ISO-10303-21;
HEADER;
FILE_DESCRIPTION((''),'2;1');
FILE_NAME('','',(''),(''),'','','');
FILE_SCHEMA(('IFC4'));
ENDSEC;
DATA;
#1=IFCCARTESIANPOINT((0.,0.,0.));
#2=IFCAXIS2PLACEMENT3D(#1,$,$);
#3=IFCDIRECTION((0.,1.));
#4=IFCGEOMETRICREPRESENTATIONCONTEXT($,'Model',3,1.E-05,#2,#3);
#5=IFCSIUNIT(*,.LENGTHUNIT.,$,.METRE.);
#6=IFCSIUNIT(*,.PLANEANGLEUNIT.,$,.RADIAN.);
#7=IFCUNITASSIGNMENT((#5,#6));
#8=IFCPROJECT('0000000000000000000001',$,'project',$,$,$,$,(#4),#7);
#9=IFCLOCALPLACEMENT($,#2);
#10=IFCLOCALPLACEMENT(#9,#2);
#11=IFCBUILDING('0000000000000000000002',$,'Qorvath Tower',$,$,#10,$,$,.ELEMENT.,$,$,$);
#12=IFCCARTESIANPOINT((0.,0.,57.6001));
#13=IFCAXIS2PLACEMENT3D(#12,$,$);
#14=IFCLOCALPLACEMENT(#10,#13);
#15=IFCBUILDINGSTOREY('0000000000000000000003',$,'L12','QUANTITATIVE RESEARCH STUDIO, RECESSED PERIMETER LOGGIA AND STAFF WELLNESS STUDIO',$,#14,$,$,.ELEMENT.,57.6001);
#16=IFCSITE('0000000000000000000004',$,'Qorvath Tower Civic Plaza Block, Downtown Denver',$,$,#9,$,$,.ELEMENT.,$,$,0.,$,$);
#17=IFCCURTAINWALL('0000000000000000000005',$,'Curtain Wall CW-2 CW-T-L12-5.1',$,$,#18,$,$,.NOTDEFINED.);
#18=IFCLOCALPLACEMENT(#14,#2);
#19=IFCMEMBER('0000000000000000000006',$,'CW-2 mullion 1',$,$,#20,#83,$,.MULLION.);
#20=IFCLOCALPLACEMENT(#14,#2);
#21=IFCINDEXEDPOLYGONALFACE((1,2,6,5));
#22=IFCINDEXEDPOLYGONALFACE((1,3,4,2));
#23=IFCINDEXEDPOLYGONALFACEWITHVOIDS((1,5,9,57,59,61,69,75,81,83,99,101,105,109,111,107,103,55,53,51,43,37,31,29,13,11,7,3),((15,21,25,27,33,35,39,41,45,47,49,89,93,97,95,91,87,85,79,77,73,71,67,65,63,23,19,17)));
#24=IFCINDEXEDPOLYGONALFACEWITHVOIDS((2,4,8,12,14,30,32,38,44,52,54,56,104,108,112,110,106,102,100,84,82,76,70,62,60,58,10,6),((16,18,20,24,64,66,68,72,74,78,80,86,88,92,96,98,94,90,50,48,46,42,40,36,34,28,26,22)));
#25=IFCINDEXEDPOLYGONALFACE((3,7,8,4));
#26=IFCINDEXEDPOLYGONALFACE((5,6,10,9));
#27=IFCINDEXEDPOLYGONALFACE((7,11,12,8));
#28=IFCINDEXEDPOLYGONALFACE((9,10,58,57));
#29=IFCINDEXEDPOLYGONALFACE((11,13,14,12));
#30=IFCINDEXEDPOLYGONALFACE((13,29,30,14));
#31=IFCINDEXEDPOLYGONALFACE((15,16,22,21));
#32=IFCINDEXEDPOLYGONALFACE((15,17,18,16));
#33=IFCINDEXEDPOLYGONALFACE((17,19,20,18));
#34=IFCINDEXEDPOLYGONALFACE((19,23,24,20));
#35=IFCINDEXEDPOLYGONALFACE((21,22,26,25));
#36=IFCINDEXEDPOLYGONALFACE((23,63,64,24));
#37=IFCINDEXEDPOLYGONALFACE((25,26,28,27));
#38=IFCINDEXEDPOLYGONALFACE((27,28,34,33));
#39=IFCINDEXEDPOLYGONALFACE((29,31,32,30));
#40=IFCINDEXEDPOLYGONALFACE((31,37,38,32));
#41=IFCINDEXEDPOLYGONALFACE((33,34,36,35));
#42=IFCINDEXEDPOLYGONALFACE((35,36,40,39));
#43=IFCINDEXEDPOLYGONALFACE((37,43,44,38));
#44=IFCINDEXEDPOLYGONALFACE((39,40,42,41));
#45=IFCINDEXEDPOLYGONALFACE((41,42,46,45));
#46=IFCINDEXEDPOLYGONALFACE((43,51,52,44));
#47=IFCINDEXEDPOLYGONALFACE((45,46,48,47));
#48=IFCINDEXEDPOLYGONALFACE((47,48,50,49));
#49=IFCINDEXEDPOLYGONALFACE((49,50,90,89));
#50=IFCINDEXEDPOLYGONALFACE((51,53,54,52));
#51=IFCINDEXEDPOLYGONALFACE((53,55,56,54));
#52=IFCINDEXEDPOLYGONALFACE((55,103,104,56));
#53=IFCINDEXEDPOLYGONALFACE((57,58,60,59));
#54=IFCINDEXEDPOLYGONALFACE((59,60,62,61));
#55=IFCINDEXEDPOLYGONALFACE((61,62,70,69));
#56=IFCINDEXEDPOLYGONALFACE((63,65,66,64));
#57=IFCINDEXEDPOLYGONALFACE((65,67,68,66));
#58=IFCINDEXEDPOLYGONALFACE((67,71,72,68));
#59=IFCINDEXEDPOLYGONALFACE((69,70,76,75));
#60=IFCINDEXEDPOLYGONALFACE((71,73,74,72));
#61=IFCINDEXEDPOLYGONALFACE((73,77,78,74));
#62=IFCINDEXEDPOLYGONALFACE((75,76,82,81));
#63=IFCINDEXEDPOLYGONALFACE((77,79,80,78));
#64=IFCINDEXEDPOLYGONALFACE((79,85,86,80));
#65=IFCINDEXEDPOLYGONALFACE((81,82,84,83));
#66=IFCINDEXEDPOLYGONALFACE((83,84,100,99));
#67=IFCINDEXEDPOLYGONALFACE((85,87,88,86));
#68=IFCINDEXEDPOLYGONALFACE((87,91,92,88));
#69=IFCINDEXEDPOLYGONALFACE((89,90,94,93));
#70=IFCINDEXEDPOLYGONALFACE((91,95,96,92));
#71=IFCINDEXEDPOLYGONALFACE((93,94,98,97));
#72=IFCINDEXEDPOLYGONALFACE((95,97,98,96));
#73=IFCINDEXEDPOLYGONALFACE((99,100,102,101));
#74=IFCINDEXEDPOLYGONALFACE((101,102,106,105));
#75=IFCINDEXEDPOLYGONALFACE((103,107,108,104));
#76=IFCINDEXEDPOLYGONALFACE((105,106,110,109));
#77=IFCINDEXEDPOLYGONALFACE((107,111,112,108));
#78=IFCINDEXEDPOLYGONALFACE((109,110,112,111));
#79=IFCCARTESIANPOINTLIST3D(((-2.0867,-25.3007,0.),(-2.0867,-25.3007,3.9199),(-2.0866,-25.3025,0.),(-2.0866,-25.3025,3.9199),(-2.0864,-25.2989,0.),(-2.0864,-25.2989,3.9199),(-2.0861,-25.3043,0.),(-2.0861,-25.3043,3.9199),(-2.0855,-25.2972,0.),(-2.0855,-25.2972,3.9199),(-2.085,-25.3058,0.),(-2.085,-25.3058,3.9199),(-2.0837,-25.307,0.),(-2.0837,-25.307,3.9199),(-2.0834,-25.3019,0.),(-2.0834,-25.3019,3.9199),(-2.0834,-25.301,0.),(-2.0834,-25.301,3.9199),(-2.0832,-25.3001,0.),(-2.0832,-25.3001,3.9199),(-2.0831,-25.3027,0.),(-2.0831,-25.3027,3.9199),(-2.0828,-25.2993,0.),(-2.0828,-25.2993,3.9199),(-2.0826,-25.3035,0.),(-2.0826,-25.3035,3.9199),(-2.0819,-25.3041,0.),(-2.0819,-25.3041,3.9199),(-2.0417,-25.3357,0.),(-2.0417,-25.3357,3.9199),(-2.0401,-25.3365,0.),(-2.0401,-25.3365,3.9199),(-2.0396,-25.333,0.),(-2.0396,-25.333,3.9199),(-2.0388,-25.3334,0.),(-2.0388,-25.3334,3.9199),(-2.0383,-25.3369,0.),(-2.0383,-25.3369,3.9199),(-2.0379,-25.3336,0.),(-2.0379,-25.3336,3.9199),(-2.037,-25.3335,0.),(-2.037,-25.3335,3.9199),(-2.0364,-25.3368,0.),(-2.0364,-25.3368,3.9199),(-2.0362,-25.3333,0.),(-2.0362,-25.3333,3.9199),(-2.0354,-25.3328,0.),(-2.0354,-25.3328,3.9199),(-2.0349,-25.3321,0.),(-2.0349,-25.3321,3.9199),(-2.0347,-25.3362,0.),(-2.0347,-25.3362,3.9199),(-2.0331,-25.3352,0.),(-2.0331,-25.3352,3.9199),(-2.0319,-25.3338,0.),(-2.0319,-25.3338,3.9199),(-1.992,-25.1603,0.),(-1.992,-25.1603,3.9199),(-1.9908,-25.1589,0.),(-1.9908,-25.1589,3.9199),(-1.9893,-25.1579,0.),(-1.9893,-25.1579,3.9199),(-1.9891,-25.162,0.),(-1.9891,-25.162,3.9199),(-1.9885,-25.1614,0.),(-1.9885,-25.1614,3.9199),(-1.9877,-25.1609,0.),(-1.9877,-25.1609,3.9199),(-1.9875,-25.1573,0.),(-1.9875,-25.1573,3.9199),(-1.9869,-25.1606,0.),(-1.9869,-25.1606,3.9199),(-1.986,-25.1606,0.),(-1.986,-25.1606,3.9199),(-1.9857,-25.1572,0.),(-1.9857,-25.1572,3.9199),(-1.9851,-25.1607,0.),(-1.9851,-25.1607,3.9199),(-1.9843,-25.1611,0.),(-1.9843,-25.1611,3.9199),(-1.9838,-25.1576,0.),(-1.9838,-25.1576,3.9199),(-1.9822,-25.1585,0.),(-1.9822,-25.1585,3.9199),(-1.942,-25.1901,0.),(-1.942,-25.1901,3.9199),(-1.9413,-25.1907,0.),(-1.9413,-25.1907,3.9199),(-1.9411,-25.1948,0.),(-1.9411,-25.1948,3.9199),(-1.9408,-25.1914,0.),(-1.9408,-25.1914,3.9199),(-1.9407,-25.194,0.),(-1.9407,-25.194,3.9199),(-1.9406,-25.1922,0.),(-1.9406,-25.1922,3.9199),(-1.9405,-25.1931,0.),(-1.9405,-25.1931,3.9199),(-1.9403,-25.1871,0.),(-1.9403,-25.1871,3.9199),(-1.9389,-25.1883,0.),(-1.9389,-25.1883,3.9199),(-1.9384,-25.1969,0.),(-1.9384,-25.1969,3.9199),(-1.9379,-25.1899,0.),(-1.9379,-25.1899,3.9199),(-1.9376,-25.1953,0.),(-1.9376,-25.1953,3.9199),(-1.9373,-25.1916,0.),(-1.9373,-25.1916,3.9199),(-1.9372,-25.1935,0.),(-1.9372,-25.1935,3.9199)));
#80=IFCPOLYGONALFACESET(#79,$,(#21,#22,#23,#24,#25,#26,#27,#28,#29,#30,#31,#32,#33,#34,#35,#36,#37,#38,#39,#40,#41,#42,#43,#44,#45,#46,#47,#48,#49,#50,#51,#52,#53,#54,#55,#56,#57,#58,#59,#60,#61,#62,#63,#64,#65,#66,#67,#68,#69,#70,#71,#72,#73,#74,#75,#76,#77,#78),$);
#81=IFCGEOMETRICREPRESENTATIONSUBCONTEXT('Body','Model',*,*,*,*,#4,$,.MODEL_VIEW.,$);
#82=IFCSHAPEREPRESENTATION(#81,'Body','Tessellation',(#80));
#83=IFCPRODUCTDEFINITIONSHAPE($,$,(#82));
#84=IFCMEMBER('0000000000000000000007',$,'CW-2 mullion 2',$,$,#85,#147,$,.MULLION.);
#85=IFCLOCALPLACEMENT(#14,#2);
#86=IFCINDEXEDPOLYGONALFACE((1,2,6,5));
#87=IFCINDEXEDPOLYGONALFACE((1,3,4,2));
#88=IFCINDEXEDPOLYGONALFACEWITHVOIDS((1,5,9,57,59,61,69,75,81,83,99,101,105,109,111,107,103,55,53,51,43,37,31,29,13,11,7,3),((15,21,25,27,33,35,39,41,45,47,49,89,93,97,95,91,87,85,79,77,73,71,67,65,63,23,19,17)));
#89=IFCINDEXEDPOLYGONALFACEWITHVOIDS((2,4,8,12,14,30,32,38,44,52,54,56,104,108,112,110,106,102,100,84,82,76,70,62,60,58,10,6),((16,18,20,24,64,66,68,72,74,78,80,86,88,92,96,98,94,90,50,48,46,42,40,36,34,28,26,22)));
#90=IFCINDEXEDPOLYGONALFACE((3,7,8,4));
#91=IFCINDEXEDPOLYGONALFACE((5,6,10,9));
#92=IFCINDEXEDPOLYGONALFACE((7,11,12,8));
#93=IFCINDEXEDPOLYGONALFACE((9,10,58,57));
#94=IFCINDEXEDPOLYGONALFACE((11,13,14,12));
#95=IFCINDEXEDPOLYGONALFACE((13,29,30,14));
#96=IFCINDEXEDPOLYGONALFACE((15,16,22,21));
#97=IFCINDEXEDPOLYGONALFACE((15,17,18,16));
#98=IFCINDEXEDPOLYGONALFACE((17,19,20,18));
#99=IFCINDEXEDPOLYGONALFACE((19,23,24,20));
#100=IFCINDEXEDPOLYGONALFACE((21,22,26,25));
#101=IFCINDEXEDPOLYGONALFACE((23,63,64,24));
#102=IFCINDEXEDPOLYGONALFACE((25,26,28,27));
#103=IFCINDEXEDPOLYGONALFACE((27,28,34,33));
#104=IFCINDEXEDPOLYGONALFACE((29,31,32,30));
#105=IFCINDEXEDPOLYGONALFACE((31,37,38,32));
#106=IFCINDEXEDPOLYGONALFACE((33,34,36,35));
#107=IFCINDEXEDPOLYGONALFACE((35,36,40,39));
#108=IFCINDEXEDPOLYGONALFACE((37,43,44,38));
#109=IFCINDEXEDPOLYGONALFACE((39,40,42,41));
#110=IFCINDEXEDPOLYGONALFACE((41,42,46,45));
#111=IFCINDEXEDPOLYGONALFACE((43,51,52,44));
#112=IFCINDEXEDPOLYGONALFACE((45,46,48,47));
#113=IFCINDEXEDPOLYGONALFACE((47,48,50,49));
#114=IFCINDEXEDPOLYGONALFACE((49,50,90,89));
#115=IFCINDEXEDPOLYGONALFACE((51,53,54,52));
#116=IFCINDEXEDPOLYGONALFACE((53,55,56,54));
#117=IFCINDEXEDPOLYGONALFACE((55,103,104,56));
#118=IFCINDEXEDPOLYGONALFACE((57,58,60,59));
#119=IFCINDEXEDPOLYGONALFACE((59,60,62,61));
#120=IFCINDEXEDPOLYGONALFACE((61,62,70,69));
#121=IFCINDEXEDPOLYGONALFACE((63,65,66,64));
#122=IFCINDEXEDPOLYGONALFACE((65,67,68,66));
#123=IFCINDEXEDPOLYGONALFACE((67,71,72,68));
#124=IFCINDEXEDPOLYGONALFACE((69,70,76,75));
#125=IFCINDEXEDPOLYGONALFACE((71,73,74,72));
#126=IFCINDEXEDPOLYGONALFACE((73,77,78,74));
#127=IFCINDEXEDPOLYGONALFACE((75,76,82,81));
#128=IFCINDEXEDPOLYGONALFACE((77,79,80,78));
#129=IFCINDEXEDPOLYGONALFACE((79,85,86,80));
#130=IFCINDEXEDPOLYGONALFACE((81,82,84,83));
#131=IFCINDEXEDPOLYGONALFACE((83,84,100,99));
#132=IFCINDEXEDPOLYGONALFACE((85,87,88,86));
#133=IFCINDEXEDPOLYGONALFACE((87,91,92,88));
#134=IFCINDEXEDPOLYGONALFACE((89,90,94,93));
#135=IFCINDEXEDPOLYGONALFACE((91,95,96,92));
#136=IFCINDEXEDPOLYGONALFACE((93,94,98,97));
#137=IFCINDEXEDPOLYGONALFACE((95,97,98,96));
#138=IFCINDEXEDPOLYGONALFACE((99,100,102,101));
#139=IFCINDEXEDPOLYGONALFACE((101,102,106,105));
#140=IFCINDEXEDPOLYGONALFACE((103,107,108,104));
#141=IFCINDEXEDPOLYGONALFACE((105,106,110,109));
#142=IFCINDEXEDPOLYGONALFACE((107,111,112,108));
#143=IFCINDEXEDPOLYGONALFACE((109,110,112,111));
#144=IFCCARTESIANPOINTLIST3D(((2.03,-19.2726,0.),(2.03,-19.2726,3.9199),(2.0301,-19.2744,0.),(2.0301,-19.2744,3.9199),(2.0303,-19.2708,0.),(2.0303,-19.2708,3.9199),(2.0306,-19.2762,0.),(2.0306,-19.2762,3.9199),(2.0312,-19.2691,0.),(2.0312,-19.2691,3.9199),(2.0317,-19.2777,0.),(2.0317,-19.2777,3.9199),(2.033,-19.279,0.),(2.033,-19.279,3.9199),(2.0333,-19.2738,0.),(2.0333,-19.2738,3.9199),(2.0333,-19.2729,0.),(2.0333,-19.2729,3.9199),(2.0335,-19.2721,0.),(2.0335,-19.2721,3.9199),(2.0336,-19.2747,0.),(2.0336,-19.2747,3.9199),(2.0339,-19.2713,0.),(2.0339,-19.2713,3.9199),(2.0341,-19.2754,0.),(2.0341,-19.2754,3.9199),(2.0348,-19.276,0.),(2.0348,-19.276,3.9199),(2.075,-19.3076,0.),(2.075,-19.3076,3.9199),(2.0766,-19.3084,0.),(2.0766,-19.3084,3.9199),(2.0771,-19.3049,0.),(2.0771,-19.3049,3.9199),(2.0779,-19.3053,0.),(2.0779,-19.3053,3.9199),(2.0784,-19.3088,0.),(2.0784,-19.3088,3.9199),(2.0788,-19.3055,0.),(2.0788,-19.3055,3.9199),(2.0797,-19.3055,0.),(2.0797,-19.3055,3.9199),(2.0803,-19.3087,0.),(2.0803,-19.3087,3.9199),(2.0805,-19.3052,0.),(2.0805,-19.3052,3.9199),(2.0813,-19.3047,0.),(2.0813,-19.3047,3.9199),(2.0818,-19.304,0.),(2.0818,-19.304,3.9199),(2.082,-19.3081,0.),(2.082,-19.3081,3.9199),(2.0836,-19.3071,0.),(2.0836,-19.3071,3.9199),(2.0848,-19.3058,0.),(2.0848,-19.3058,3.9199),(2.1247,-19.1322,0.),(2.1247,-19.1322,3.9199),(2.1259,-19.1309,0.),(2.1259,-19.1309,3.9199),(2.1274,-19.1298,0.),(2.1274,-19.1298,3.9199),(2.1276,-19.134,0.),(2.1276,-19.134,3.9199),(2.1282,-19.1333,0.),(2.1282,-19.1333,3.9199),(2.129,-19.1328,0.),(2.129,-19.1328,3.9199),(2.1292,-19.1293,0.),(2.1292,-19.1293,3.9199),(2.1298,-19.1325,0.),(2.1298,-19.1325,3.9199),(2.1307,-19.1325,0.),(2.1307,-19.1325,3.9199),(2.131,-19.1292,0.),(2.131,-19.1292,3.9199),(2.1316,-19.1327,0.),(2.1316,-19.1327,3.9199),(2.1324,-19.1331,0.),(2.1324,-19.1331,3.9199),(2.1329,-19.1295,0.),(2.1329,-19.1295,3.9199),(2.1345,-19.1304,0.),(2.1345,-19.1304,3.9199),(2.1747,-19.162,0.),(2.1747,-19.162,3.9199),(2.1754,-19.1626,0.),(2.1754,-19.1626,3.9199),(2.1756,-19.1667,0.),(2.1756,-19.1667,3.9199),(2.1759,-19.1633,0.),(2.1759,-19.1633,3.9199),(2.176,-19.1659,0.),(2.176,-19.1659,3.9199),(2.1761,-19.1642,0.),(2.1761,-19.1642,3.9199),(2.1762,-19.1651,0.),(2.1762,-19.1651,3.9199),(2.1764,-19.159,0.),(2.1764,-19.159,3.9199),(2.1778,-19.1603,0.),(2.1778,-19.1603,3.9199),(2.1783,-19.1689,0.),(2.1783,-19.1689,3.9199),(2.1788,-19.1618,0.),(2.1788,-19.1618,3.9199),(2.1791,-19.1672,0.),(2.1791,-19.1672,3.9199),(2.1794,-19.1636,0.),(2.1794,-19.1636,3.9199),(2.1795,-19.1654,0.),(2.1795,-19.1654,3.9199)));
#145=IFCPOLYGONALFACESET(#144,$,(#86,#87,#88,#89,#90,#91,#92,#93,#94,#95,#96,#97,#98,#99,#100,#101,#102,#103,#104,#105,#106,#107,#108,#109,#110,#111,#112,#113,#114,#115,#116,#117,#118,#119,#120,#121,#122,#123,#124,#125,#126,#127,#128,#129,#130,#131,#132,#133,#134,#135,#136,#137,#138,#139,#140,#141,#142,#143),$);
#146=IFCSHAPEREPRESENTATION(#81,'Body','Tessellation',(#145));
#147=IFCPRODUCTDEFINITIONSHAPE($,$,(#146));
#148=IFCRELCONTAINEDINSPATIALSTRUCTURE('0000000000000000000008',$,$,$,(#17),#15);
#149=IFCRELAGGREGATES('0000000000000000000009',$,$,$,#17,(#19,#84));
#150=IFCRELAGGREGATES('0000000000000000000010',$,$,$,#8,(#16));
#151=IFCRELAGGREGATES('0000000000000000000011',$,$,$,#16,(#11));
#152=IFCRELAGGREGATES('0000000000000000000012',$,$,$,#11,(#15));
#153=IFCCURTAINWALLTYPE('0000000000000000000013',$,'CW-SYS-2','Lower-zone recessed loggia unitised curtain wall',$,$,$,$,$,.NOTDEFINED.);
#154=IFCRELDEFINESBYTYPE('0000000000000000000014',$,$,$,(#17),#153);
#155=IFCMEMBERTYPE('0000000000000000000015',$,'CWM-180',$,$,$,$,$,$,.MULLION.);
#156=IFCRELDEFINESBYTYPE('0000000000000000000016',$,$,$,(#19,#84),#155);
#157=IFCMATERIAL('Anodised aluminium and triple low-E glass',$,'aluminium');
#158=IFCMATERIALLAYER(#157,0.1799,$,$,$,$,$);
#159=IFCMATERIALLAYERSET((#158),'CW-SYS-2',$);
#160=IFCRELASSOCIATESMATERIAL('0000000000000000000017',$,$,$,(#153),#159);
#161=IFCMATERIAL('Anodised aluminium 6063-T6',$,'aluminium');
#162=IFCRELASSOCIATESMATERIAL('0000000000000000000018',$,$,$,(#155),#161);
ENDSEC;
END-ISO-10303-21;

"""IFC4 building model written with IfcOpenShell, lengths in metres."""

from ifc_helpers import new_model, si_unit, direction, frame, origin, origin_2d, place, context, subcontext, project, spatial, hollow_rectangle, extrude, material, layer, layer_set, material_profile, profile_set, type_object, element, aggregate, save


model = new_model("IFC4")

# Units and contexts
model_context = context("Model", 3, precision=1e-05, world=origin(), true_north=direction((0.0, 1.0)))
body_context = subcontext(model_context, "Body", "Model", "MODEL_VIEW")
ifc_project = project(units=[si_unit("LENGTHUNIT", "METRE"), si_unit("PLANEANGLEUNIT", "RADIAN")], contexts=[model_context])

# Site, building, storey
site_placement = place(None, origin())
site = spatial("IfcSite", under=ifc_project, at=site_placement, Name="Qorvath Tower Civic Plaza Block, Downtown Denver", CompositionType="ELEMENT", RefElevation=0.0)
building_placement = place(site_placement, origin())
building = spatial("IfcBuilding", under=site, at=building_placement, Name="Qorvath Tower", CompositionType="ELEMENT")
storey_placement = place(building_placement, frame((0.0, 0.0, 57.6001)))
storey = spatial("IfcBuildingStorey", under=building, at=storey_placement, Name="L12", Description="QUANTITATIVE RESEARCH STUDIO, RECESSED PERIMETER LOGGIA AND STAFF WELLNESS STUDIO", CompositionType="ELEMENT", Elevation=57.6001)

# Shared definitions
ifc_material_1 = material(Name="Anodised aluminium and triple low-E glass", Category="aluminium")
ifc_layer_1 = layer(ifc_material_1, 0.1799)
ifc_layer_set_1 = layer_set([ifc_layer_1], Name="CW-SYS-2")
curtain_wall_type = type_object("IfcCurtainWallType", Name="CW-SYS-2", Description="Lower-zone recessed loggia unitised curtain wall", PredefinedType="NOTDEFINED", material=ifc_layer_set_1)
ifc_material_2 = material(Name="Anodised aluminium 6063-T6", Category="aluminium")
ifc_material_profile_1 = material_profile(ifc_material_2, hollow_rectangle(XDim=0.0649, YDim=0.1799, WallThickness=0.0034, InnerFilletRadius=0.0034, OuterFilletRadius=0.0071, at=origin_2d()), Name="CWM 180x65")
ifc_profile_set_1 = profile_set([ifc_material_profile_1], Name="Anodised aluminium 6063-T6")
member_type_1 = type_object("IfcMemberType", Name="CWM-180", PredefinedType="MULLION", material=ifc_profile_set_1)

# Curtain wall, members
curtain_wall_1_placement = place(storey_placement, origin())
curtain_wall_1 = element("IfcCurtainWall", 1, at=curtain_wall_1_placement, inside=storey, type_object=curtain_wall_type, Name="Curtain Wall CW-2 CW-T-L12-5.1", PredefinedType="NOTDEFINED")
member_1_placement = place(storey_placement, frame((-2.012, -25.2471, 0.0), z_axis=(0.0, 0.0, 1.0), x_axis=(-0.825809, 0.56395, 0.0)))
member_1 = element("IfcMember", 2, at=member_1_placement, type_object=member_type_1, Name="CW-2 mullion 1", PredefinedType="MULLION", context=body_context, shape_type="SweptSolid", body=[
    extrude(hollow_rectangle(XDim=0.0649, YDim=0.1799, WallThickness=0.0034, InnerFilletRadius=0.0034, OuterFilletRadius=0.0071, at=origin_2d()), origin(), (0.0, 0.0, 1.0), 3.9199),
])
member_2_placement = place(storey_placement, frame((2.1047, -19.219, 0.0), z_axis=(0.0, 0.0, 1.0), x_axis=(-0.825809, 0.56395, 0.0)))
member_2 = element("IfcMember", 3, at=member_2_placement, type_object=member_type_1, Name="CW-2 mullion 2", PredefinedType="MULLION", context=body_context, shape_type="SweptSolid", body=[
    extrude(hollow_rectangle(XDim=0.0649, YDim=0.1799, WallThickness=0.0034, InnerFilletRadius=0.0034, OuterFilletRadius=0.0071, at=origin_2d()), origin(), (0.0, 0.0, 1.0), 3.9199),
])

aggregate(curtain_wall_1, [member_1, member_2])

save(model, "model.ifc")
